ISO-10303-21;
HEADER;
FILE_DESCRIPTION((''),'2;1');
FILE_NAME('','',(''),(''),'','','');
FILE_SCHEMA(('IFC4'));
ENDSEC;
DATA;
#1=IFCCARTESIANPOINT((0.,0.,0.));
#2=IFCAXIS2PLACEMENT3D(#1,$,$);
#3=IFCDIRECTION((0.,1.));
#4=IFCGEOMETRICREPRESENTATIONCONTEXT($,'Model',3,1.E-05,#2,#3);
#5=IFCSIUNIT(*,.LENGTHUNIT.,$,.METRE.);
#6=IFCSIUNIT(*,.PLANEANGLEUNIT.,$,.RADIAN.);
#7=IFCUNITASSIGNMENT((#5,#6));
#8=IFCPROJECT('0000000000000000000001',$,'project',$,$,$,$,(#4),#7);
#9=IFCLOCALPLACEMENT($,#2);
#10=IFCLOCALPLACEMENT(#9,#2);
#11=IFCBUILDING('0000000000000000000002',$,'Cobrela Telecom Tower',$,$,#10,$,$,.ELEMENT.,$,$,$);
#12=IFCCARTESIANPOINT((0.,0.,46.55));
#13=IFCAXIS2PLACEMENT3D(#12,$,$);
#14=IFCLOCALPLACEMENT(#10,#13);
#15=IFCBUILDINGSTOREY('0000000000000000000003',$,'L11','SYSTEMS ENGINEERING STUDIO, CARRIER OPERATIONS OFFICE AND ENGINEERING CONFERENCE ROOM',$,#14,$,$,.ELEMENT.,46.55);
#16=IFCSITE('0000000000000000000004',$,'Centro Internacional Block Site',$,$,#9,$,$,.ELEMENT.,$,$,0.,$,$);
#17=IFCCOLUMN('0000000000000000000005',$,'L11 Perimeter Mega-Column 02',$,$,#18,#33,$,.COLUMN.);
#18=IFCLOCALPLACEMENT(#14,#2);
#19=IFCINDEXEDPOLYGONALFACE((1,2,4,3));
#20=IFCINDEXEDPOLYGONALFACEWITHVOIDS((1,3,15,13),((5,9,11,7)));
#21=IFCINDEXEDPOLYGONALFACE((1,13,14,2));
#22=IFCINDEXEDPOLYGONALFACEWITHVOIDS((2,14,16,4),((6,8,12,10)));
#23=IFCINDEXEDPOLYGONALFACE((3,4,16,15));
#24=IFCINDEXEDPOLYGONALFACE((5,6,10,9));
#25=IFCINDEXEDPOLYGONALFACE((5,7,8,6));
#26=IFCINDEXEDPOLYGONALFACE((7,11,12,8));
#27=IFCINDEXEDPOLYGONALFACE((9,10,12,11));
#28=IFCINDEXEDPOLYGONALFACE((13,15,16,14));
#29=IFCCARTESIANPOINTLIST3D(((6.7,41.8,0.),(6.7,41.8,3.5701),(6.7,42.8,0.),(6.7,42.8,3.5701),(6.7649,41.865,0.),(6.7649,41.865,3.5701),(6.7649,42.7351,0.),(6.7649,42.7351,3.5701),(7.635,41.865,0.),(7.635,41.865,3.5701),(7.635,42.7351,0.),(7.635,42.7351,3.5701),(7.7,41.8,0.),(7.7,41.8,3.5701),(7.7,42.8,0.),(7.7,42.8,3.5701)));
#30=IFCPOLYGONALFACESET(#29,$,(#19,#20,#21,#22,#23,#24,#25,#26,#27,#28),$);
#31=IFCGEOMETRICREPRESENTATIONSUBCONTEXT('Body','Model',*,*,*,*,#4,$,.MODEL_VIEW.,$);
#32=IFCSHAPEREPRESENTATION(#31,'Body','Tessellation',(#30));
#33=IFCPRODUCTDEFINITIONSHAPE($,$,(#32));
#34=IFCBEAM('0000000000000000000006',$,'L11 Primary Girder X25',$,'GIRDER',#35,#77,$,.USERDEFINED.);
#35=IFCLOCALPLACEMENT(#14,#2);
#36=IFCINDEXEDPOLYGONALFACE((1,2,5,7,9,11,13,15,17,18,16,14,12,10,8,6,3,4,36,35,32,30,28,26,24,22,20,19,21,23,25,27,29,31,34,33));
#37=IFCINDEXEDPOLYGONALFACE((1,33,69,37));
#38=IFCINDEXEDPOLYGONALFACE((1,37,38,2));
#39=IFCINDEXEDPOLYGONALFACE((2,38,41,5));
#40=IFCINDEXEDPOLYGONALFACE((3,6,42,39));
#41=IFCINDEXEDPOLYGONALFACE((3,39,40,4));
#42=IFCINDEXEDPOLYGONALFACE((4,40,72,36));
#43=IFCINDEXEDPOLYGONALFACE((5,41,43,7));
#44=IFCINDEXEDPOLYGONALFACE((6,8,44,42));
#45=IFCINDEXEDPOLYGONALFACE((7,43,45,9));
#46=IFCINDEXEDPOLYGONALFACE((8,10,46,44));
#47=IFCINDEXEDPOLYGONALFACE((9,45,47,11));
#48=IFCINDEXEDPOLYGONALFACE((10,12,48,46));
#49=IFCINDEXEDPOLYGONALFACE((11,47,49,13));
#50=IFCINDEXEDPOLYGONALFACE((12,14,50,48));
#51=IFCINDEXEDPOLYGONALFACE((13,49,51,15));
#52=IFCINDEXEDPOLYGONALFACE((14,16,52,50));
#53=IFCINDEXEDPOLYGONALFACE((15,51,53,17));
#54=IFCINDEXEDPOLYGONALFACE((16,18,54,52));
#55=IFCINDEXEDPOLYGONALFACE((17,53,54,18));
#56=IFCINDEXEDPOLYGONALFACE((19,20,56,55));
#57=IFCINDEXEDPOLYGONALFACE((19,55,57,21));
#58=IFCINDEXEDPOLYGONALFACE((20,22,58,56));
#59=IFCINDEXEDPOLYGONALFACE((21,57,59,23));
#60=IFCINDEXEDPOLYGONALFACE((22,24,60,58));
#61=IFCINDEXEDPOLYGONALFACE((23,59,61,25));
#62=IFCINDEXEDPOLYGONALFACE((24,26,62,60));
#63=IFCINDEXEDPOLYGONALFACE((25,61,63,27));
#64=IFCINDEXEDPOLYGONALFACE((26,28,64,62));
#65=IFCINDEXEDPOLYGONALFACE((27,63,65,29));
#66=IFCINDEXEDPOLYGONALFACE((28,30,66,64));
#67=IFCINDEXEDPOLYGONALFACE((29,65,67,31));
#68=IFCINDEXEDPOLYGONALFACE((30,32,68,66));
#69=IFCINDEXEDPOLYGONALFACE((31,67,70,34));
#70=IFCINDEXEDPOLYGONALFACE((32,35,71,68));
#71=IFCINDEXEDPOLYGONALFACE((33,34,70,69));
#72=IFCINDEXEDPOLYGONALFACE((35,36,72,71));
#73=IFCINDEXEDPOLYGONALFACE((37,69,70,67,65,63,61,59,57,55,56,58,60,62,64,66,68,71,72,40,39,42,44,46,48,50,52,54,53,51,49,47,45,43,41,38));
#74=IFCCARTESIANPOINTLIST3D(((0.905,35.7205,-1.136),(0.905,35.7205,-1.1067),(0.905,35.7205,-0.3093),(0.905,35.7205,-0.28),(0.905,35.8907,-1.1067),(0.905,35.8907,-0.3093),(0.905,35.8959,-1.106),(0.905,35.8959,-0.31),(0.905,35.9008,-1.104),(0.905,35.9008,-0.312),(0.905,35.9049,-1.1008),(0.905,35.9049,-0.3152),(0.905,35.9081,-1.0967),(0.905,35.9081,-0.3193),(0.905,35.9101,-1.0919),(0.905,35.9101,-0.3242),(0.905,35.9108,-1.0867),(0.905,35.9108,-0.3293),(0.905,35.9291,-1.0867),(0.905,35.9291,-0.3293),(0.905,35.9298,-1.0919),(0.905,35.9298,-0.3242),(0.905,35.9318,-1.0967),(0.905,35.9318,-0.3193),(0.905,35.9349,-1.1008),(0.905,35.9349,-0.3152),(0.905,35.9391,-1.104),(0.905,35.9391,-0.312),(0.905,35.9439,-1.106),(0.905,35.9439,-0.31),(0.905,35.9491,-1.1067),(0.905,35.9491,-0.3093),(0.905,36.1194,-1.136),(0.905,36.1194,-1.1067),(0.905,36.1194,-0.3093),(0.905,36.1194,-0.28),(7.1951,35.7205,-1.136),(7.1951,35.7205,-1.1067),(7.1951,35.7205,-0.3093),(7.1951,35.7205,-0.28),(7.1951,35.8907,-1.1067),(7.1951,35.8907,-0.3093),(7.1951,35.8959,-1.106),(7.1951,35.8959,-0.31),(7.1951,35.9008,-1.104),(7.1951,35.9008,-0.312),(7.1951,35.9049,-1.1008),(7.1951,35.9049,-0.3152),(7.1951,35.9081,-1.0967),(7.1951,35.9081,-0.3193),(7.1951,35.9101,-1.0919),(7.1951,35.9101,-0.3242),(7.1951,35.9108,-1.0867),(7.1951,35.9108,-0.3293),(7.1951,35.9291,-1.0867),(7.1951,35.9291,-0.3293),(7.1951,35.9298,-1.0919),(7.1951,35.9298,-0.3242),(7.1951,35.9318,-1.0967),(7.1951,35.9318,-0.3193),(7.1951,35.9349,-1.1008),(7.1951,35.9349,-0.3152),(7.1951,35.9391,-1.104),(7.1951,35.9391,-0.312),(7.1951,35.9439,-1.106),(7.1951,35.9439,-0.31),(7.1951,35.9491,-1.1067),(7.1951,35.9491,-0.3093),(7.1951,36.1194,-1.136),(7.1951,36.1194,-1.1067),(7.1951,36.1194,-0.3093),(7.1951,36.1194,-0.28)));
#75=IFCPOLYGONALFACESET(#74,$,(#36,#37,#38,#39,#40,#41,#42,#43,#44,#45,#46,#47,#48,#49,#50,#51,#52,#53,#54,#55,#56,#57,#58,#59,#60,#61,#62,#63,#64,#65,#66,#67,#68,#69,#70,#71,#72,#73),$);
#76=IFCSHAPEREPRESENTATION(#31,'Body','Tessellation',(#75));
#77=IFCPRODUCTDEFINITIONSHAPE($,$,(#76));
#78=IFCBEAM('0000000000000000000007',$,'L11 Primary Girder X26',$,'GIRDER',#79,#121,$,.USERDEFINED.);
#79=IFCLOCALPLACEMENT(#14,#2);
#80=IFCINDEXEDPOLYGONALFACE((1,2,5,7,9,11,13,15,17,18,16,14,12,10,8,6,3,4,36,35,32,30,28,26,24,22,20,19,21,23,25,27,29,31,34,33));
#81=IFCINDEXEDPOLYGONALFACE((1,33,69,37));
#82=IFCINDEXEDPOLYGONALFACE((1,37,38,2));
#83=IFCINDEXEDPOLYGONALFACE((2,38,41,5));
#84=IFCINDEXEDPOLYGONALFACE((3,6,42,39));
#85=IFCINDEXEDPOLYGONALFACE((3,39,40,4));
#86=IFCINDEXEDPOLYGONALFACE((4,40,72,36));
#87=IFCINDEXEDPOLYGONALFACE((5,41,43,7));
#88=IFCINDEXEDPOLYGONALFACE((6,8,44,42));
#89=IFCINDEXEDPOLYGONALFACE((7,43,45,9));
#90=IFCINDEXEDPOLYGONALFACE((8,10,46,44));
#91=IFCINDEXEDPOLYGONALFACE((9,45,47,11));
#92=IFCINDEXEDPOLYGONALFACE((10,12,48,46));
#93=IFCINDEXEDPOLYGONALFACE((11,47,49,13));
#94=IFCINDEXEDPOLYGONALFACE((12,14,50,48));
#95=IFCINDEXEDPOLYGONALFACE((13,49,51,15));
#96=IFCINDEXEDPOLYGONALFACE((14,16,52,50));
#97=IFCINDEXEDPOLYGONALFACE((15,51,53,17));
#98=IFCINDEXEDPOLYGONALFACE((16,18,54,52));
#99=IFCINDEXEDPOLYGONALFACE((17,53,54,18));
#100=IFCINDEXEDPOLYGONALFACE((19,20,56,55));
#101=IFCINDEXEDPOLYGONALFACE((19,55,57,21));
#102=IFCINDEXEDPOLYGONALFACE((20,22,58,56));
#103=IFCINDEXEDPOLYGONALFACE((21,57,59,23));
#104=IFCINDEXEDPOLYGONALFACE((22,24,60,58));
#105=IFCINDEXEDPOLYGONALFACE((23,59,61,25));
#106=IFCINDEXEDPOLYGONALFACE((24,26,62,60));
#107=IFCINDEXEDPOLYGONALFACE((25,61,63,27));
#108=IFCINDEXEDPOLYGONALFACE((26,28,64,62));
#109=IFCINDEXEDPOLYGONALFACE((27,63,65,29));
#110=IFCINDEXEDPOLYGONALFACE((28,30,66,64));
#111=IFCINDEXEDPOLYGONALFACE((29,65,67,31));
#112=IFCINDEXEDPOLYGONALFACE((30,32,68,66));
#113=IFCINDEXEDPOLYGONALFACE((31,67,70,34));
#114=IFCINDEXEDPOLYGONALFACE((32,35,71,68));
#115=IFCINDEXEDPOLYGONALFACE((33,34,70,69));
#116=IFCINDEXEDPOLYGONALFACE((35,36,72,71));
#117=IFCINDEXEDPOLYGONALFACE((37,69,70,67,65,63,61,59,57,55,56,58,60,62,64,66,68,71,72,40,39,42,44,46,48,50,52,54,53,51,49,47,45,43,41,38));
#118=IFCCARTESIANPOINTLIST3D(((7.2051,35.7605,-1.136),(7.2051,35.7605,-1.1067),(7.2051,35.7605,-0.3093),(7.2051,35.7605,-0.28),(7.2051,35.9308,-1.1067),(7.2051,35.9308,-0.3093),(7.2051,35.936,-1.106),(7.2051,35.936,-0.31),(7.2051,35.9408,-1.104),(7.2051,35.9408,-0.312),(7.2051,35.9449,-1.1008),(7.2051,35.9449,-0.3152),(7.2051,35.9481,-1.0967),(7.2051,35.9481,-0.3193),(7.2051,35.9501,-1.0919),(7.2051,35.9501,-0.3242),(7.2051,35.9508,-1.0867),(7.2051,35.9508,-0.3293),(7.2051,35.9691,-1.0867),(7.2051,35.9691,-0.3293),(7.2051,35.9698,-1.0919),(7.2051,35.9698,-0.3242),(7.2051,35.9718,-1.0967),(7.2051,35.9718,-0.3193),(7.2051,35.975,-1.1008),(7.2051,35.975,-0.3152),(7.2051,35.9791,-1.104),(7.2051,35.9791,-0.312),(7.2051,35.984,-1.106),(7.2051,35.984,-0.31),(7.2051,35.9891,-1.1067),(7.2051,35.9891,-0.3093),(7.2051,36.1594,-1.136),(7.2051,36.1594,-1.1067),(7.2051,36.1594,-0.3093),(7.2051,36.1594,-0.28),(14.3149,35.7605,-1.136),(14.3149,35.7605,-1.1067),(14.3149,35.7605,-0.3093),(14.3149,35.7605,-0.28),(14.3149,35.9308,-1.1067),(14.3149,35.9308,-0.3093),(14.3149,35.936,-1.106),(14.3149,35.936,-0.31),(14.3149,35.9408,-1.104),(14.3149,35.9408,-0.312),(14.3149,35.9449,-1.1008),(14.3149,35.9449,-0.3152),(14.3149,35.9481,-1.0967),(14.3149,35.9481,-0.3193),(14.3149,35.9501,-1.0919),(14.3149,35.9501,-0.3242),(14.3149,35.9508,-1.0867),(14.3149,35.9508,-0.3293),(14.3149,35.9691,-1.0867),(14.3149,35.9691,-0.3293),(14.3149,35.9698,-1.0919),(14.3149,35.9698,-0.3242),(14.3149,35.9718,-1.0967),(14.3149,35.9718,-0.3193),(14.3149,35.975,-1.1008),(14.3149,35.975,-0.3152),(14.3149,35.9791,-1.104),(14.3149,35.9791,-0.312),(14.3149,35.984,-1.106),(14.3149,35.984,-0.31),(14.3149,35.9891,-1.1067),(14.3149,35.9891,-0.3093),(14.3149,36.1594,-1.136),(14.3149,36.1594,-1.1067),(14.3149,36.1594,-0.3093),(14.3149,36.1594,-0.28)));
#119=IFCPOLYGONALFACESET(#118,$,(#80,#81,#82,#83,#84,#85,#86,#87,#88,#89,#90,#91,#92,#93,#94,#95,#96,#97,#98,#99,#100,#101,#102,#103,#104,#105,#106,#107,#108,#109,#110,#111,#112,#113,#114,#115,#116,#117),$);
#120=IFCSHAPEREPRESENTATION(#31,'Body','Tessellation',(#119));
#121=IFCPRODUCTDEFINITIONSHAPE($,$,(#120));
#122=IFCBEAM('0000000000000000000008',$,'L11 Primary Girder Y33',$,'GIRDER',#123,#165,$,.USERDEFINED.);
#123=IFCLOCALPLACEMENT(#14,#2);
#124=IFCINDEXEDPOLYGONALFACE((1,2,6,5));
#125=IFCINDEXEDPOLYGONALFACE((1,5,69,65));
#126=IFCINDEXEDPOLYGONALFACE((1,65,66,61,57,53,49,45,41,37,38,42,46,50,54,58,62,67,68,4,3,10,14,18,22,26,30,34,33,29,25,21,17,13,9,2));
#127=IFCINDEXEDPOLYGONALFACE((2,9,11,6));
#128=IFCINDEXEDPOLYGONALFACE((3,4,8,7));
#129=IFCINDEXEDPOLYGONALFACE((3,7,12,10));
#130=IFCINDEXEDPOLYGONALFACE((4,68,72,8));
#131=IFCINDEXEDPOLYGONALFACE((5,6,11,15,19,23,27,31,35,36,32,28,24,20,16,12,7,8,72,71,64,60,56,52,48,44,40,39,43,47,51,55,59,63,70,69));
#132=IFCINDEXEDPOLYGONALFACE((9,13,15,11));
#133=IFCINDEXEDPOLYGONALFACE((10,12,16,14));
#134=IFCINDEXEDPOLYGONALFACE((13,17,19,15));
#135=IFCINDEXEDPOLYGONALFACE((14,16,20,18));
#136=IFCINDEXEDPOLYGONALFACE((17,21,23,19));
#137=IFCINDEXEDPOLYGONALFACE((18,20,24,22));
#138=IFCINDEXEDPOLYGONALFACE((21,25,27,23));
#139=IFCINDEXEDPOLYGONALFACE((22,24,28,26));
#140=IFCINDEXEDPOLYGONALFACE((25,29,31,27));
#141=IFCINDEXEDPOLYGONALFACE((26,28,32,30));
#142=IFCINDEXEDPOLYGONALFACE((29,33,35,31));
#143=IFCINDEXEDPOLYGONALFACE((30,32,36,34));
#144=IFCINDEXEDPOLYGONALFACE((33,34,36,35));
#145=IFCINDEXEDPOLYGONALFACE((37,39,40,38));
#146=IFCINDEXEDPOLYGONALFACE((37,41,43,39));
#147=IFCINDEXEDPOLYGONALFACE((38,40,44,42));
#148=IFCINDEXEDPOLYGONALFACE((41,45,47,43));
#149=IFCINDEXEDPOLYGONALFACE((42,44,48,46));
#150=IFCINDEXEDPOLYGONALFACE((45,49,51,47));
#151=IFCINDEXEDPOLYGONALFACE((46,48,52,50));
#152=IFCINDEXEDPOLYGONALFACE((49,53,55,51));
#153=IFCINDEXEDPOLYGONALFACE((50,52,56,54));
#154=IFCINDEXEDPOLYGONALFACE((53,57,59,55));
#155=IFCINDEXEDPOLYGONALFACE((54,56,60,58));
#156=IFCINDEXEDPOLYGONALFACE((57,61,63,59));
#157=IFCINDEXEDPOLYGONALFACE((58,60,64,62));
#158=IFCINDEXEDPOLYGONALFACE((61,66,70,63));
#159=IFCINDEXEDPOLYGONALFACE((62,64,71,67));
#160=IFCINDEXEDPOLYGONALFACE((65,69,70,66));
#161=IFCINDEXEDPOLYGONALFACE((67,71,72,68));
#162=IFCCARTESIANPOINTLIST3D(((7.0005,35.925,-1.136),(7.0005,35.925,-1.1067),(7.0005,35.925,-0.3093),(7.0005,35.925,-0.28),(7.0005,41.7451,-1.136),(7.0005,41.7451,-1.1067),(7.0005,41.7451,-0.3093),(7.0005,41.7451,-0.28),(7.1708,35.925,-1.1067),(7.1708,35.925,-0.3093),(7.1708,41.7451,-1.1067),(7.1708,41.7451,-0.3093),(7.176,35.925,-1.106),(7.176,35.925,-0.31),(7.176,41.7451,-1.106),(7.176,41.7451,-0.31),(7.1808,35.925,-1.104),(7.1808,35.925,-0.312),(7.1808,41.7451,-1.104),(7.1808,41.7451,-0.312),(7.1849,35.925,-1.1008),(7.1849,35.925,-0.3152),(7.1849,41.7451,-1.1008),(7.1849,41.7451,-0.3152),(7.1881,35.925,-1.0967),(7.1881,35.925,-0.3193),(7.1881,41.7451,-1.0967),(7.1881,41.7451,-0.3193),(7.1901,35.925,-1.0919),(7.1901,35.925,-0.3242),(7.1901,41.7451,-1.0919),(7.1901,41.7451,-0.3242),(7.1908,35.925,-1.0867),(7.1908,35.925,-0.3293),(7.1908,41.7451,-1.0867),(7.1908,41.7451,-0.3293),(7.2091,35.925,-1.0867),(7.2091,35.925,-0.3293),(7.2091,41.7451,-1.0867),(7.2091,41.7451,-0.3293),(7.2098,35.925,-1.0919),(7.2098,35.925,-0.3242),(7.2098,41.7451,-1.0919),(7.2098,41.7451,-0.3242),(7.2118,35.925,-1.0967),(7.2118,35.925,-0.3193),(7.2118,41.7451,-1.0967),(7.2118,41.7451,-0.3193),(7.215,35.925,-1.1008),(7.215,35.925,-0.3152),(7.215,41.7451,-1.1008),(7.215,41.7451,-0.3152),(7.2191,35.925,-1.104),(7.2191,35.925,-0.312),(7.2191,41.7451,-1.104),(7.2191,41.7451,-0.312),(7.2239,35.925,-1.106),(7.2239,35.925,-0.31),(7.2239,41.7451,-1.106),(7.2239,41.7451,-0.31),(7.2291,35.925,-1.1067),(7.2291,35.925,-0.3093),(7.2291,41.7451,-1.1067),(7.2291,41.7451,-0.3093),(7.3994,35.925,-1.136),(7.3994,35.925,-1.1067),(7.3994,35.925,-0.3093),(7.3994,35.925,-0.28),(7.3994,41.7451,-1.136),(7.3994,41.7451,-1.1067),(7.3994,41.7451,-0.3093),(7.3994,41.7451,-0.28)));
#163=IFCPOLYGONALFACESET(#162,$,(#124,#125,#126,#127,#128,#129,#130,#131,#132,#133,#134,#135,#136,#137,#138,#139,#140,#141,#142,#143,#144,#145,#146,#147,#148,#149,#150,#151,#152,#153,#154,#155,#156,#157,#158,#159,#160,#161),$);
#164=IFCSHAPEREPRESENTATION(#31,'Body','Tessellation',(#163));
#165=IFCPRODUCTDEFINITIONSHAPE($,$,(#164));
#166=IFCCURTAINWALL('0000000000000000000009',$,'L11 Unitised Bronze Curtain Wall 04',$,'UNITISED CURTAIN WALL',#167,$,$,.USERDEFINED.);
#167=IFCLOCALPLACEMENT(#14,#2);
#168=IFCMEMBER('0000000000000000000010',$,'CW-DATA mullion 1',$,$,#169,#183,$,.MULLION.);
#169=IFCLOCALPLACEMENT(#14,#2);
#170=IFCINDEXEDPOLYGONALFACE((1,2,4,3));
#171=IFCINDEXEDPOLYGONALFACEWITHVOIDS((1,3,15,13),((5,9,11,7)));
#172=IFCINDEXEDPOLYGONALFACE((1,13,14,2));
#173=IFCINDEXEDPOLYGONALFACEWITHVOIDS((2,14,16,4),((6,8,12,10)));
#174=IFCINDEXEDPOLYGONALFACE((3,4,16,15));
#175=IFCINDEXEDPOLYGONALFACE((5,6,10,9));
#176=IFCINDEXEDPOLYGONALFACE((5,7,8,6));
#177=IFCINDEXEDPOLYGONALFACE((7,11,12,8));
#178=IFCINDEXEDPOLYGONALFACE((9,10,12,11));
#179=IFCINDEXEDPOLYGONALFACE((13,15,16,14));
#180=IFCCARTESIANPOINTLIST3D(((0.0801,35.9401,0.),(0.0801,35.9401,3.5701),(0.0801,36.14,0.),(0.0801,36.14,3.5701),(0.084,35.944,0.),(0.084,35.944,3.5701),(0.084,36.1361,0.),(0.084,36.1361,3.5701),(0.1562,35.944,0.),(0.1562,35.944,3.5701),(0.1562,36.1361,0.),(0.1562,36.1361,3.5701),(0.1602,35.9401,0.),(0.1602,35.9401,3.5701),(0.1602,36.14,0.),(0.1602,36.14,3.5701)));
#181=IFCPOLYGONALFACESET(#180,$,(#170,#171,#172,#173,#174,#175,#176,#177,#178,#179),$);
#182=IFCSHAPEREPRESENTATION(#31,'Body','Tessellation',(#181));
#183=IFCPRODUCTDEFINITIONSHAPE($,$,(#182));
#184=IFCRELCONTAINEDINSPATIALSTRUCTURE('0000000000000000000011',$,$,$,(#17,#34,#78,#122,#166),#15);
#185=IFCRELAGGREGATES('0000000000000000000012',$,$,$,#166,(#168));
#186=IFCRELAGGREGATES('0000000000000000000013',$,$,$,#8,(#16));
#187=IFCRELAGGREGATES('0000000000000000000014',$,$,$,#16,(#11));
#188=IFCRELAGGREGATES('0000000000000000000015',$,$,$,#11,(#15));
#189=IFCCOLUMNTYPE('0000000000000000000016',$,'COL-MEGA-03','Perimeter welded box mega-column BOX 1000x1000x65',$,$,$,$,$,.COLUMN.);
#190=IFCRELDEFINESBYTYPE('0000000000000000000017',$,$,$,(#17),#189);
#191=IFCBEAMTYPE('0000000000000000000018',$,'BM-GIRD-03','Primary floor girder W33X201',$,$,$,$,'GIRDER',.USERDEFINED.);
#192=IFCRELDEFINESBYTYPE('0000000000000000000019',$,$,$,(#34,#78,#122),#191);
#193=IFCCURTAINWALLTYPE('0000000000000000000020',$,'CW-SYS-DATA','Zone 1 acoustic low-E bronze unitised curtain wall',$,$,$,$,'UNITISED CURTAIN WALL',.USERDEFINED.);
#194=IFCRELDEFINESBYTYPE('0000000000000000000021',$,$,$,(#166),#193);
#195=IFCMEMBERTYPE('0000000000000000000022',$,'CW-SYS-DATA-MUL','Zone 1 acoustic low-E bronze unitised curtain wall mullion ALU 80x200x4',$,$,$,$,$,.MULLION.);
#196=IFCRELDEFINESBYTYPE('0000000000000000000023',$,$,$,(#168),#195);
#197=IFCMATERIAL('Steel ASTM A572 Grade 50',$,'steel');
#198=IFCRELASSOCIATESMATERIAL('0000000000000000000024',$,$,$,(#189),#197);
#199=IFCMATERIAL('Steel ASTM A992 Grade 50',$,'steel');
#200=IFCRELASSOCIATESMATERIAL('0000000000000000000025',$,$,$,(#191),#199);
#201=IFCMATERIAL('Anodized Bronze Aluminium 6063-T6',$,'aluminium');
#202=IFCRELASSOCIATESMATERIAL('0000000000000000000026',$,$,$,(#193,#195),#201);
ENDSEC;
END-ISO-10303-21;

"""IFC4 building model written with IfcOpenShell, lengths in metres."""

from ifc_helpers import new_model, si_unit, direction, frame, origin, origin_2d, place, context, subcontext, project, spatial, hollow_rectangle, i_section, extrude, material, material_profile, profile_set, type_object, element, aggregate, save


model = new_model("IFC4")

# Units and contexts
model_context = context("Model", 3, precision=1e-05, world=origin(), true_north=direction((0.0, 1.0)))
body_context = subcontext(model_context, "Body", "Model", "MODEL_VIEW")
ifc_project = project(units=[si_unit("LENGTHUNIT", "METRE"), si_unit("PLANEANGLEUNIT", "RADIAN")], contexts=[model_context])

# Site, building, storey
site_placement = place(None, origin())
site = spatial("IfcSite", under=ifc_project, at=site_placement, Name="Centro Internacional Block Site", CompositionType="ELEMENT", RefElevation=0.0)
building_placement = place(site_placement, origin())
building = spatial("IfcBuilding", under=site, at=building_placement, Name="Cobrela Telecom Tower", CompositionType="ELEMENT")
storey_placement = place(building_placement, frame((0.0, 0.0, 46.55)))
storey = spatial("IfcBuildingStorey", under=building, at=storey_placement, Name="L11", Description="SYSTEMS ENGINEERING STUDIO, CARRIER OPERATIONS OFFICE AND ENGINEERING CONFERENCE ROOM", CompositionType="ELEMENT", Elevation=46.55)

# Column
ifc_material_1 = material(Name="Steel ASTM A572 Grade 50", Category="steel")
ifc_material_profile_1 = material_profile(ifc_material_1, hollow_rectangle(XDim=1.0, YDim=1.0, WallThickness=0.0649, at=origin_2d()), Name="BOX 1000x1000x65")
ifc_profile_set_1 = profile_set([ifc_material_profile_1], Name="Steel ASTM A572 Grade 50")
column_type = type_object("IfcColumnType", Name="COL-MEGA-03", Description="Perimeter welded box mega-column BOX 1000x1000x65", PredefinedType="COLUMN", material=ifc_profile_set_1)
column_placement = place(storey_placement, frame((7.2, 42.3, 0.0), z_axis=(0.0, 0.0, 1.0), x_axis=(1.0, 0.0, 0.0)))
element("IfcColumn", 1, at=column_placement, inside=storey, type_object=column_type, Name="L11 Perimeter Mega-Column 02", PredefinedType="COLUMN", context=body_context, shape_type="SweptSolid", body=[
    extrude(hollow_rectangle(XDim=1.0, YDim=1.0, WallThickness=0.0649, at=origin_2d()), origin(), (0.0, 0.0, 1.0), 3.5701),
])

# Beams
ifc_material_2 = material(Name="Steel ASTM A992 Grade 50", Category="steel")
ifc_material_profile_2 = material_profile(ifc_material_2, i_section(OverallWidth=0.3989, OverallDepth=0.856, WebThickness=0.0183, FlangeThickness=0.0293, FilletRadius=0.02, at=origin_2d()), Name="W33X201")
ifc_profile_set_2 = profile_set([ifc_material_profile_2], Name="Steel ASTM A992 Grade 50")
beam_type = type_object("IfcBeamType", Name="BM-GIRD-03", Description="Primary floor girder W33X201", ElementType="GIRDER", PredefinedType="USERDEFINED", material=ifc_profile_set_2)
beam_1_placement = place(storey_placement, frame((0.905, 35.9199, -0.708), z_axis=(1.0, 0.0, 0.0), x_axis=(0.0, 1.0, 0.0)))
element("IfcBeam", 2, at=beam_1_placement, inside=storey, type_object=beam_type, Name="L11 Primary Girder X25", ObjectType="GIRDER", PredefinedType="USERDEFINED", context=body_context, shape_type="SweptSolid", body=[
    extrude(i_section(OverallWidth=0.3989, OverallDepth=0.856, WebThickness=0.0183, FlangeThickness=0.0293, FilletRadius=0.02, at=origin_2d()), origin(), (0.0, 0.0, 1.0), 6.29),
])
beam_2_placement = place(storey_placement, frame((7.2051, 35.96, -0.708), z_axis=(1.0, 0.0, 0.0), x_axis=(0.0, 1.0, 0.0)))
element("IfcBeam", 3, at=beam_2_placement, inside=storey, type_object=beam_type, Name="L11 Primary Girder X26", ObjectType="GIRDER", PredefinedType="USERDEFINED", context=body_context, shape_type="SweptSolid", body=[
    extrude(i_section(OverallWidth=0.3989, OverallDepth=0.856, WebThickness=0.0183, FlangeThickness=0.0293, FilletRadius=0.02, at=origin_2d()), origin(), (0.0, 0.0, 1.0), 7.1099),
])
beam_3_placement = place(storey_placement, frame((7.2, 35.925, -0.708), z_axis=(0.0, 1.0, 0.0), x_axis=(-1.0, 0.0, 0.0)))
element("IfcBeam", 4, at=beam_3_placement, inside=storey, type_object=beam_type, Name="L11 Primary Girder Y33", ObjectType="GIRDER", PredefinedType="USERDEFINED", context=body_context, shape_type="SweptSolid", body=[
    extrude(i_section(OverallWidth=0.3989, OverallDepth=0.856, WebThickness=0.0183, FlangeThickness=0.0293, FilletRadius=0.02, at=origin_2d()), origin(), (0.0, 0.0, 1.0), 5.8201),
])

# Curtain wall, member
ifc_material_3 = material(Name="Anodized Bronze Aluminium 6063-T6", Category="aluminium")
curtain_wall_type = type_object("IfcCurtainWallType", Name="CW-SYS-DATA", Description="Zone 1 acoustic low-E bronze unitised curtain wall", ElementType="UNITISED CURTAIN WALL", PredefinedType="USERDEFINED", material=ifc_material_3)
curtain_wall_1_placement = place(storey_placement, origin())
curtain_wall_1 = element("IfcCurtainWall", 5, at=curtain_wall_1_placement, inside=storey, type_object=curtain_wall_type, Name="L11 Unitised Bronze Curtain Wall 04", ObjectType="UNITISED CURTAIN WALL", PredefinedType="USERDEFINED")
ifc_material_profile_3 = material_profile(ifc_material_3, hollow_rectangle(XDim=0.0801, YDim=0.2, WallThickness=0.0039, at=origin_2d()), Name="ALU 80x200x4")
ifc_profile_set_3 = profile_set([ifc_material_profile_3], Name="Anodized Bronze Aluminium 6063-T6")
member_type_1 = type_object("IfcMemberType", Name="CW-SYS-DATA-MUL", Description="Zone 1 acoustic low-E bronze unitised curtain wall mullion ALU 80x200x4", PredefinedType="MULLION", material=ifc_profile_set_3)
member_1_placement = place(storey_placement, frame((0.1201, 36.04, 0.0), z_axis=(0.0, 0.0, 1.0), x_axis=(-1.0, 0.0, 0.0)))
member_1 = element("IfcMember", 6, at=member_1_placement, type_object=member_type_1, Name="CW-DATA mullion 1", PredefinedType="MULLION", context=body_context, shape_type="SweptSolid", body=[
    extrude(hollow_rectangle(XDim=0.0801, YDim=0.2, WallThickness=0.0039, at=origin_2d()), origin(), (0.0, 0.0, 1.0), 3.5701),
])

aggregate(curtain_wall_1, [member_1])

save(model, "model.ifc")
